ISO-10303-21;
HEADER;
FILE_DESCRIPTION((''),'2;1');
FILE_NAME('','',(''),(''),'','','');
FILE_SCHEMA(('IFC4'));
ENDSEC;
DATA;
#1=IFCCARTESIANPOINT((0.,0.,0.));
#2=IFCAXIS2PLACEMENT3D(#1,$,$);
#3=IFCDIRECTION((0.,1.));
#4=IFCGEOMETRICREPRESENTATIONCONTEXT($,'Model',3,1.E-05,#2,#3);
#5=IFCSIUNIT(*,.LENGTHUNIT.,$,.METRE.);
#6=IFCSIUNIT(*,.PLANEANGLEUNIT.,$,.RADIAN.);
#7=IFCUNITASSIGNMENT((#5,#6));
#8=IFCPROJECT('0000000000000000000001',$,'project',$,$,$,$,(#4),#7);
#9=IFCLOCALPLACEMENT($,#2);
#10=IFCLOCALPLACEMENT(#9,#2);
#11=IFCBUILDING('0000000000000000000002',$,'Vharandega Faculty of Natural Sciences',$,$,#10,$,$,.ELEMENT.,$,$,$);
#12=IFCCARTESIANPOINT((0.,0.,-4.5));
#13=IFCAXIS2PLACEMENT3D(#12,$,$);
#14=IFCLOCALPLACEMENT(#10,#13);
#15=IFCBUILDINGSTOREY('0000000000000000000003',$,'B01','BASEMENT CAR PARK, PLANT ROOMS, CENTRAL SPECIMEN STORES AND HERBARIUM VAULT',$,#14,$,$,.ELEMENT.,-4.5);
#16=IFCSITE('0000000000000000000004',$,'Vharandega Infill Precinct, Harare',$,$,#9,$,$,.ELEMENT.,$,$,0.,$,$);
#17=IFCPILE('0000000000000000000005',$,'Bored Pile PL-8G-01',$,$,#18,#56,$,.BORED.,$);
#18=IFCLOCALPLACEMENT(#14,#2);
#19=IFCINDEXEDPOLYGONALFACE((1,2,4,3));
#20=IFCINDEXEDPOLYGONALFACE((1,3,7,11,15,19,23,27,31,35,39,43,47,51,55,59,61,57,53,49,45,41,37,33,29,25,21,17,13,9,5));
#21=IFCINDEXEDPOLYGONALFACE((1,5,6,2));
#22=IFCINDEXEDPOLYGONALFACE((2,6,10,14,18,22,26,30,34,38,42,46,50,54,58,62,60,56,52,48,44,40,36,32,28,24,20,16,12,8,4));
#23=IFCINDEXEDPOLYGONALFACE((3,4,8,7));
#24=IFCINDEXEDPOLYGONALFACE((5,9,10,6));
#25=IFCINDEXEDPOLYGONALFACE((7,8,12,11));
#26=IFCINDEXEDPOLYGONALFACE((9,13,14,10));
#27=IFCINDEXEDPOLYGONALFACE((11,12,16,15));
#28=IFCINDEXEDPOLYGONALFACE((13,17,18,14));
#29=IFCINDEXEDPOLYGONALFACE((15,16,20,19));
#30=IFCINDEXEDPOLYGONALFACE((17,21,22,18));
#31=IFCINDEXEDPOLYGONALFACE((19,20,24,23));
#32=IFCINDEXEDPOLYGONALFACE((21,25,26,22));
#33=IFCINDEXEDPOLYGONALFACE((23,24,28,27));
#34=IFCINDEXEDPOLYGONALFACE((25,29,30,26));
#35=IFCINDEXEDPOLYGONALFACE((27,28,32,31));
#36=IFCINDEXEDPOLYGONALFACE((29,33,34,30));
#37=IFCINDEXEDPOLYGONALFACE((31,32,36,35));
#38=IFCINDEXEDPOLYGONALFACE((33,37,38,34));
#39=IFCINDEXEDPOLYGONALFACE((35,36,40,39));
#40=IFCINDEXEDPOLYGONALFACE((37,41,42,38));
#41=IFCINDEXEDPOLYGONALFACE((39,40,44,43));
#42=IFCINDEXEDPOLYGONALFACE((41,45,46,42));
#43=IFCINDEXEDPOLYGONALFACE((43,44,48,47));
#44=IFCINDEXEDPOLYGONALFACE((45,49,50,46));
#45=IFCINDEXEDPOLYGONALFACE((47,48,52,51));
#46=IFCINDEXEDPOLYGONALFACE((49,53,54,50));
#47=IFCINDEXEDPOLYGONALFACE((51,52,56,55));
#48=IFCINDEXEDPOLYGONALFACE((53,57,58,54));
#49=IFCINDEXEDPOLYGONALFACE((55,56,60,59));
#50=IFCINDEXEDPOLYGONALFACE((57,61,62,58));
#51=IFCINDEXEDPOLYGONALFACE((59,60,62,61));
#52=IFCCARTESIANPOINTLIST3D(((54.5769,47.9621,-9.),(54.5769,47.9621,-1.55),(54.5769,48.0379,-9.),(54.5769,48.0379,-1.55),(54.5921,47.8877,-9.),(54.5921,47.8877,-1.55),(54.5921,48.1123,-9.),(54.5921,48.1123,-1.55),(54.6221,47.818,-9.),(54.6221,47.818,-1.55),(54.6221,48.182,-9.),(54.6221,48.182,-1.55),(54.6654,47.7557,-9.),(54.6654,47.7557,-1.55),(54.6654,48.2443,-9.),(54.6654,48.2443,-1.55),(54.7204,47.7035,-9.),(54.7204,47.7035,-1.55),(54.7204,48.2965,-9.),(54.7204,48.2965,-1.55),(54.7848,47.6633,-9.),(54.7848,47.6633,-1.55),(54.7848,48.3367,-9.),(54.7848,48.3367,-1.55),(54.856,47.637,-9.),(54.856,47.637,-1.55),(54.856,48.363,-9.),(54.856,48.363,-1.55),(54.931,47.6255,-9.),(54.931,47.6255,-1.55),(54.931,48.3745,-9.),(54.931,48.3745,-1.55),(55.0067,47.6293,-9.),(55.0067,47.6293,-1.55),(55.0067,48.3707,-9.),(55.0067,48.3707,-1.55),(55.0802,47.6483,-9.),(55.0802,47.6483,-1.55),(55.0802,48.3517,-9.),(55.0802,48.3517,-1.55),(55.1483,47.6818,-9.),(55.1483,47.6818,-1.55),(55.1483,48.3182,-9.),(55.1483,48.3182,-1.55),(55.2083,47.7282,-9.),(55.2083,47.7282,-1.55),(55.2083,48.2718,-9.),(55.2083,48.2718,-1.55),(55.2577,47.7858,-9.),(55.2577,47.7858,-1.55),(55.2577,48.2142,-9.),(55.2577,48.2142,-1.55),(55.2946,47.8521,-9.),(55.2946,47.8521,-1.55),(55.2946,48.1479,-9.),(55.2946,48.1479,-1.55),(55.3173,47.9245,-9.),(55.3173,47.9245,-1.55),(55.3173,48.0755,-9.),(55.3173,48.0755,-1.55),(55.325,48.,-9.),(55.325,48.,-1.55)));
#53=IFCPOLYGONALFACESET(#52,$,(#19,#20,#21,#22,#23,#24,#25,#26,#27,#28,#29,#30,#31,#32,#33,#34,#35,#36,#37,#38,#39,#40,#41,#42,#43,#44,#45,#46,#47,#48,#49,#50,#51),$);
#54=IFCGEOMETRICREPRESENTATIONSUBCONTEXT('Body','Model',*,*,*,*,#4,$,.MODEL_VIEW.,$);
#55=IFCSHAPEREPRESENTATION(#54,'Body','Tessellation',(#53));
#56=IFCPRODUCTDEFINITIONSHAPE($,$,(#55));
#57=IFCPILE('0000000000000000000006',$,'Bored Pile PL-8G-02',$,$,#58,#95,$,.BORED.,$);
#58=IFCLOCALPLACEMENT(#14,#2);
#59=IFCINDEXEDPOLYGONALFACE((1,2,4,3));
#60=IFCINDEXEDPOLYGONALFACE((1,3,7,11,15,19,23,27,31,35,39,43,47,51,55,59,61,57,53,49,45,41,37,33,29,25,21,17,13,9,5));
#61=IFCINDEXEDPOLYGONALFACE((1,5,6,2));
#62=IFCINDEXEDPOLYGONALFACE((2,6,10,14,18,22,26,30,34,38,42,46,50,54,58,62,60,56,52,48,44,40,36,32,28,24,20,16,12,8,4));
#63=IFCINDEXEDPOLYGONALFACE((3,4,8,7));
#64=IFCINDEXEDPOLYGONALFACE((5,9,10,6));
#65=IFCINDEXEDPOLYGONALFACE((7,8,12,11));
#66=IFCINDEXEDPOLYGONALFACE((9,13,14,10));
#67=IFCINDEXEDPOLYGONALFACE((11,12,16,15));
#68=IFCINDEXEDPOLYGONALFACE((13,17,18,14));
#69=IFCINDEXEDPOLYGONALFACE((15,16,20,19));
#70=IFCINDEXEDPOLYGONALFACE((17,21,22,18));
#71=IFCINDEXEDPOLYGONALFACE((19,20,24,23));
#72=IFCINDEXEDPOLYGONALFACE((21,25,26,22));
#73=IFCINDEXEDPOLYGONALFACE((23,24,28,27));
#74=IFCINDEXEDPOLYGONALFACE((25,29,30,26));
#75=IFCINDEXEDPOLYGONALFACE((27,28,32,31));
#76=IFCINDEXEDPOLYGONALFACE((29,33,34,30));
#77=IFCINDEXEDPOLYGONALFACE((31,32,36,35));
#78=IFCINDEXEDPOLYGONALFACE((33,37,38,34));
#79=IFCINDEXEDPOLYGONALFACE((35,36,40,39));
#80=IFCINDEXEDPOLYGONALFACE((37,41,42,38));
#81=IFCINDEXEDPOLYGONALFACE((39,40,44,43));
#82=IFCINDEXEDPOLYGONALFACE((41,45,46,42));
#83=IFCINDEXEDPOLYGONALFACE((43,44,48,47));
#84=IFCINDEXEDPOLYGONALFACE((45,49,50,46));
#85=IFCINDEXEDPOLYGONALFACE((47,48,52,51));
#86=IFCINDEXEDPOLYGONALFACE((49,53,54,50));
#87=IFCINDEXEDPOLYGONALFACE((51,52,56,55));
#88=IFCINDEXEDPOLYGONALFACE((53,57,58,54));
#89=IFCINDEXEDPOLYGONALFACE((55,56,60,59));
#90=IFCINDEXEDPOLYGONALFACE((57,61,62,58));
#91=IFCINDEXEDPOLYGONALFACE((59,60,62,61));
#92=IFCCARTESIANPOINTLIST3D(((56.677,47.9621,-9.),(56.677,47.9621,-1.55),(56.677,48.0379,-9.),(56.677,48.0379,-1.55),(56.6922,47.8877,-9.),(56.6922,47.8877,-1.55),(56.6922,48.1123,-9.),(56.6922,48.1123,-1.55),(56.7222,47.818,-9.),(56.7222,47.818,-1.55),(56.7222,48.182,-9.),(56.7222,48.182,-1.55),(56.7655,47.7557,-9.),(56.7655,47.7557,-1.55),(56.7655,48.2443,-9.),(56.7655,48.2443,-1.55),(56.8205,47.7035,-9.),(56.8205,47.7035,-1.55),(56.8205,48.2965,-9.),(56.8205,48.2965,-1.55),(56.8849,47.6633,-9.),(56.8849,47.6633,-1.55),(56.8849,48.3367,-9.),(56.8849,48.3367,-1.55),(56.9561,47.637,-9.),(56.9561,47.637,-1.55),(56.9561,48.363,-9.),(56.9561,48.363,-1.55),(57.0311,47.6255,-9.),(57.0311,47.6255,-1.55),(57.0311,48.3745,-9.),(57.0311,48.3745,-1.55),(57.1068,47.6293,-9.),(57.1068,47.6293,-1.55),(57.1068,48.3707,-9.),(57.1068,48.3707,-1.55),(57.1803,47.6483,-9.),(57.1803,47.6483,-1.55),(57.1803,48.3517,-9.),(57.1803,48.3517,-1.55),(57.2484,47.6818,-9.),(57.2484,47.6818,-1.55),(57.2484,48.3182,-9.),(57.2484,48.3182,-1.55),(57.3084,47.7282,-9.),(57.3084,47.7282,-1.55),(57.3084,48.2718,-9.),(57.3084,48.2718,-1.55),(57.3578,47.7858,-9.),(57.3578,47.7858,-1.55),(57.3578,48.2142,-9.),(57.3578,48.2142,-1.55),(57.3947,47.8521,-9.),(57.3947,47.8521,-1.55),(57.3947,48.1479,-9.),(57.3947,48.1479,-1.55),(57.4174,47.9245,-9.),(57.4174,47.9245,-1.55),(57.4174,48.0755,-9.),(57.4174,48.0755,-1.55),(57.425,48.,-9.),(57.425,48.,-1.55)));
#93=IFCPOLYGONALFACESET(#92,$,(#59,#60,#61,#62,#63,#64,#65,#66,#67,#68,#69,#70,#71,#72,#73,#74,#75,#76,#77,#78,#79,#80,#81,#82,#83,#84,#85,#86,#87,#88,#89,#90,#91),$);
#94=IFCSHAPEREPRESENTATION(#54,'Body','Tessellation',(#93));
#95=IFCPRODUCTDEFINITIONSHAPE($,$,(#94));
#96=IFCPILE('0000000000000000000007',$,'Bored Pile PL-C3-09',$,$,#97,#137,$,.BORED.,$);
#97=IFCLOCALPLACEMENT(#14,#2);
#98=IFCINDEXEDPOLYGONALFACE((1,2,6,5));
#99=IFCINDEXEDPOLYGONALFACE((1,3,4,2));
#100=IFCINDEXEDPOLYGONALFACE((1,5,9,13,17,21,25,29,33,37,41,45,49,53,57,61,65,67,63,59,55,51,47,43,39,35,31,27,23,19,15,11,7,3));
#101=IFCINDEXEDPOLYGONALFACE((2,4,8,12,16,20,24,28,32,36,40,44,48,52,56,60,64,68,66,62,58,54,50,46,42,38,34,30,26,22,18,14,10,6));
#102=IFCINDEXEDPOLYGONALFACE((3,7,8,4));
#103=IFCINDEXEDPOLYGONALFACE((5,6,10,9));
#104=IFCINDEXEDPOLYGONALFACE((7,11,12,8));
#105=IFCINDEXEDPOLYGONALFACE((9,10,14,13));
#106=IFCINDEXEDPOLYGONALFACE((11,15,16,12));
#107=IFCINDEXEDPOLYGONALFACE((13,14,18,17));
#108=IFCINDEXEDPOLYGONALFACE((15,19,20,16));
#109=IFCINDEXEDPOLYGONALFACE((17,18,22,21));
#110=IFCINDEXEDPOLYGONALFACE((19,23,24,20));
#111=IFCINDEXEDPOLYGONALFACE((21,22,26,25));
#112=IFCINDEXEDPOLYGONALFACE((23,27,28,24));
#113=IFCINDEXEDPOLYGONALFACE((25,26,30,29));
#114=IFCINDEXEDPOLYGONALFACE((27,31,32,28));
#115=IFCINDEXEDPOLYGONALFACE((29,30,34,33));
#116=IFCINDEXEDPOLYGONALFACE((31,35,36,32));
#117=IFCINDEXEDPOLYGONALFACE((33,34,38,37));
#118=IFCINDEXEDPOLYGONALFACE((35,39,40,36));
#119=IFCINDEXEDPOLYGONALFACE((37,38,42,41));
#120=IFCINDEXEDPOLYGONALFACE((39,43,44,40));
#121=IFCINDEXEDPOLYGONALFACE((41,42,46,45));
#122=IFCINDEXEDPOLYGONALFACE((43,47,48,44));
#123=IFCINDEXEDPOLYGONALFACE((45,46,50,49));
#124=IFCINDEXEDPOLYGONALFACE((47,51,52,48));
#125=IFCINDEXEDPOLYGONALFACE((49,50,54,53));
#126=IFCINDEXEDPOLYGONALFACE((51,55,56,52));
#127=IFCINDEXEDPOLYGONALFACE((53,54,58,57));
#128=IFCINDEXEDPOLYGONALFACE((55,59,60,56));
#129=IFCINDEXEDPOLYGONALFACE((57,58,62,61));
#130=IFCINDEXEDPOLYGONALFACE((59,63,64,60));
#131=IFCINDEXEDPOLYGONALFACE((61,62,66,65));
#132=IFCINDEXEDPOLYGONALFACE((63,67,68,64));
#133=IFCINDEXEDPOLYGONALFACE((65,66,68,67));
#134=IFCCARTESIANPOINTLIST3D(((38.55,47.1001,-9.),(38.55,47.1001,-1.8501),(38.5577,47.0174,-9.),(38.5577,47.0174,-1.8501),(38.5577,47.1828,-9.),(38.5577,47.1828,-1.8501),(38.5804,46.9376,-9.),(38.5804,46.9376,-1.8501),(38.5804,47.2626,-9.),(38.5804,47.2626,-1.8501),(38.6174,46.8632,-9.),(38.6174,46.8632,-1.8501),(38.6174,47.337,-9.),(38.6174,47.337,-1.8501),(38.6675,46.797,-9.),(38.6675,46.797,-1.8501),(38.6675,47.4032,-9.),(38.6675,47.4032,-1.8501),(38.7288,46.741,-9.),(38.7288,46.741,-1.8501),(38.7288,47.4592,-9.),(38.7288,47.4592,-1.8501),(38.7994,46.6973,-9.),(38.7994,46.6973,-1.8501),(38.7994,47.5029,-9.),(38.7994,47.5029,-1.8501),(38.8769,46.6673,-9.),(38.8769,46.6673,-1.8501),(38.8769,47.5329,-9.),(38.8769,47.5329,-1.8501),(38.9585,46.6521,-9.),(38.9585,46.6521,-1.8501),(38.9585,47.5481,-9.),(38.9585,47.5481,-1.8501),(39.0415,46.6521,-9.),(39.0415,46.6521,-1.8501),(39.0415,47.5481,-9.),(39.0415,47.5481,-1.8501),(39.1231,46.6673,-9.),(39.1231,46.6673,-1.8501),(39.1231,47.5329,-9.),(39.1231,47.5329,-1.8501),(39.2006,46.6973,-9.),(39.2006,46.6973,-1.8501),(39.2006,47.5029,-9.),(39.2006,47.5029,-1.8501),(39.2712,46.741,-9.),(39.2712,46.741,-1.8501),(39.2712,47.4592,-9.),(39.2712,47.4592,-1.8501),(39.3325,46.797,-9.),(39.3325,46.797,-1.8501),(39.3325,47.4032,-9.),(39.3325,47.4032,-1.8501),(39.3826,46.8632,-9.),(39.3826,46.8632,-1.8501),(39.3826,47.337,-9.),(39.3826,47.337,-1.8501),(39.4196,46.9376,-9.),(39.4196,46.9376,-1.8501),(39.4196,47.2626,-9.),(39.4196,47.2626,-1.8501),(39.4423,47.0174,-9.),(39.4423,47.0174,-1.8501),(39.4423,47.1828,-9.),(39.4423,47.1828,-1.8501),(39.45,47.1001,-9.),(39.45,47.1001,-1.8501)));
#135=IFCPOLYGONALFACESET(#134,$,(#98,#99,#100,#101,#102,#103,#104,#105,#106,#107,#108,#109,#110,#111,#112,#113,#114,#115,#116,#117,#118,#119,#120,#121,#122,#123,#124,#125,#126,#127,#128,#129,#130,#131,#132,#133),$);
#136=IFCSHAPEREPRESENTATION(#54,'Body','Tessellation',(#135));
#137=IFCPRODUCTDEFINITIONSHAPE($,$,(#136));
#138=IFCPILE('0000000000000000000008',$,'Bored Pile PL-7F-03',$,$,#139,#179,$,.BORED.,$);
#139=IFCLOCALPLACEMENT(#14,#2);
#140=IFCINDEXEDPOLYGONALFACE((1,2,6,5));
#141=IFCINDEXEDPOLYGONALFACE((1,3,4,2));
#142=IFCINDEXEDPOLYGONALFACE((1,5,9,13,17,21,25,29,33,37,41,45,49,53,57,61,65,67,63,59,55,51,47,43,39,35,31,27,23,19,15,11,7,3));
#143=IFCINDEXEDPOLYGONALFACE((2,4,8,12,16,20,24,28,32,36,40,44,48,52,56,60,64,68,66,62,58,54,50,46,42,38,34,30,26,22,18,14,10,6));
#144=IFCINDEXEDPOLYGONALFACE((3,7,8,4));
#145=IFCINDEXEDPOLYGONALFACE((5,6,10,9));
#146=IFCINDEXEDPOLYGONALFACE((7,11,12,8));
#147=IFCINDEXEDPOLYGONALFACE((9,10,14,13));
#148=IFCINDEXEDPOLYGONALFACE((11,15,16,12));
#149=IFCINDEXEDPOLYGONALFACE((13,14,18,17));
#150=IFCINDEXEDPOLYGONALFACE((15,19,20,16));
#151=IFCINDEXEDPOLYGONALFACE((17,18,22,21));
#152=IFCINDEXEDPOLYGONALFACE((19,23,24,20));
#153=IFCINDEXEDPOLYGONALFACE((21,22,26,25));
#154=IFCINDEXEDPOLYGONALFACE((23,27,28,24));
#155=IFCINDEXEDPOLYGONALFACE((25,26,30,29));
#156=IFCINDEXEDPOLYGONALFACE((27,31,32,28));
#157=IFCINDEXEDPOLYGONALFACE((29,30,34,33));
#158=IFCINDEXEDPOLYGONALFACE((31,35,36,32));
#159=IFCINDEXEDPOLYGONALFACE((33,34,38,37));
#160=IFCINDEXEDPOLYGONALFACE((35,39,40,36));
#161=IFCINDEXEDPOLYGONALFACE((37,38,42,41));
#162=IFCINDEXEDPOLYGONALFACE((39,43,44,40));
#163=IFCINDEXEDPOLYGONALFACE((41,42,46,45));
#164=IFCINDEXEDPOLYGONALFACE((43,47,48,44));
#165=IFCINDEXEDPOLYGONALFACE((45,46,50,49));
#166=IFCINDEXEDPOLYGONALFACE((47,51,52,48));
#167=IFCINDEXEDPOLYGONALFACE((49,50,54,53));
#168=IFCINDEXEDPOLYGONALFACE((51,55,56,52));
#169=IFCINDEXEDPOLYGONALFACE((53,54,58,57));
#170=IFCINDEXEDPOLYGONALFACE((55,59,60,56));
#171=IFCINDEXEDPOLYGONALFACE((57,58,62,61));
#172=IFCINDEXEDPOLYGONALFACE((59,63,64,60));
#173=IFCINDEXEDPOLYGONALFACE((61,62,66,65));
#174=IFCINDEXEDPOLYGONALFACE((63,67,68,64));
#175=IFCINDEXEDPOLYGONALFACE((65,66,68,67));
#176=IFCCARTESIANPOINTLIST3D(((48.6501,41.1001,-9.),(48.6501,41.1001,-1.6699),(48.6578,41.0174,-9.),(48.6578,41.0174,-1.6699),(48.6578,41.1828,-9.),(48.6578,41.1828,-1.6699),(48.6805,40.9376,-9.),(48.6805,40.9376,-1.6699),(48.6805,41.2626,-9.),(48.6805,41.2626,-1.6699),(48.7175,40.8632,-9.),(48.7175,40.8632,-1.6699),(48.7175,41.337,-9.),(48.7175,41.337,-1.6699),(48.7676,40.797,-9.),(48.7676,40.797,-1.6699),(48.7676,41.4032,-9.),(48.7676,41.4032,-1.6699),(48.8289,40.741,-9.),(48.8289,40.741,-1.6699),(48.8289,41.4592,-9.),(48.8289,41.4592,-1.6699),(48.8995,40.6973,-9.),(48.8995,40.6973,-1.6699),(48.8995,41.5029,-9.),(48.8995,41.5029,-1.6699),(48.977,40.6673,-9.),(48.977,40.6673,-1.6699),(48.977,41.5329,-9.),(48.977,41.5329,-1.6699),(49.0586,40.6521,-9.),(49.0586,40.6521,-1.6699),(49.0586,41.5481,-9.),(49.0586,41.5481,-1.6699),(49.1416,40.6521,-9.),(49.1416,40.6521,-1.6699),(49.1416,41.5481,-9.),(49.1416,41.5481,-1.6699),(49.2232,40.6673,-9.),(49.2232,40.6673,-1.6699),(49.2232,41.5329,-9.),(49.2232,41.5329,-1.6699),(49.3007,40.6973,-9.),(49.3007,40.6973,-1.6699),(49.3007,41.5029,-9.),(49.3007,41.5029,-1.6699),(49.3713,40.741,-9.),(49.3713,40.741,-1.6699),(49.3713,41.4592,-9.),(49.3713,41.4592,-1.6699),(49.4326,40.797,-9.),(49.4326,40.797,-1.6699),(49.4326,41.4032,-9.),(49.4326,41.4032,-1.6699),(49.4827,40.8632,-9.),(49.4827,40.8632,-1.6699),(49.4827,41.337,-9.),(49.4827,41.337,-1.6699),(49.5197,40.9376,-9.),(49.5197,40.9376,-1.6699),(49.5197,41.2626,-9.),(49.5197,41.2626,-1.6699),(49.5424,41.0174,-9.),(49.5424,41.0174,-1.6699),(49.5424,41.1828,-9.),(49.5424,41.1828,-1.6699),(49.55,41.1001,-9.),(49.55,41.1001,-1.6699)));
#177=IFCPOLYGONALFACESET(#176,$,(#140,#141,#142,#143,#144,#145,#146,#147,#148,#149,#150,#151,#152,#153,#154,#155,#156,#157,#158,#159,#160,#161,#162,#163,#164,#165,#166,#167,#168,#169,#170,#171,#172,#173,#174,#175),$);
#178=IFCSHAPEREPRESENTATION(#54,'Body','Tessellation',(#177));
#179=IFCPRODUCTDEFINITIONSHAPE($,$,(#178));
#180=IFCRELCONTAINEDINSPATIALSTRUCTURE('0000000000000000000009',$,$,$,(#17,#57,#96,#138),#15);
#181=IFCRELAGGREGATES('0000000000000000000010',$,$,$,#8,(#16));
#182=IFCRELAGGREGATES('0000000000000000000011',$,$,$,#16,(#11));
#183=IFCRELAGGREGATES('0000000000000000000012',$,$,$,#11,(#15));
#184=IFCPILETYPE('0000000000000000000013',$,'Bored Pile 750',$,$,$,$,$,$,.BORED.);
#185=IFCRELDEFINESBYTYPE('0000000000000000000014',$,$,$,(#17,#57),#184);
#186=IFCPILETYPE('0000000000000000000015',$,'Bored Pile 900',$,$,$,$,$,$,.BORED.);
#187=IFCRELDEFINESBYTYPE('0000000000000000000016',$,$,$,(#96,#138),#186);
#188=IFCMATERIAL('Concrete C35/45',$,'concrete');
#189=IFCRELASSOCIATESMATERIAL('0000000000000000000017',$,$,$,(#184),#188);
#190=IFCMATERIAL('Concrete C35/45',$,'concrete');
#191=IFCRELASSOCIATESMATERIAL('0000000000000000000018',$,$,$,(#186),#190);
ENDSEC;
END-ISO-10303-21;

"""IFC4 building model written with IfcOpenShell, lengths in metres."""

from ifc_helpers import new_model, si_unit, direction, frame, origin, origin_2d, place, context, subcontext, project, spatial, circle, extrude, material, material_profile, profile_set, type_object, element, save


model = new_model("IFC4")

# Units and contexts
model_context = context("Model", 3, precision=1e-05, world=origin(), true_north=direction((0.0, 1.0)))
body_context = subcontext(model_context, "Body", "Model", "MODEL_VIEW")
ifc_project = project(units=[si_unit("LENGTHUNIT", "METRE"), si_unit("PLANEANGLEUNIT", "RADIAN")], contexts=[model_context])

# Site, building, storey
site_placement = place(None, origin())
site = spatial("IfcSite", under=ifc_project, at=site_placement, Name="Vharandega Infill Precinct, Harare", CompositionType="ELEMENT", RefElevation=0.0)
building_placement = place(site_placement, origin())
building = spatial("IfcBuilding", under=site, at=building_placement, Name="Vharandega Faculty of Natural Sciences", CompositionType="ELEMENT")
storey_placement = place(building_placement, frame((0.0, 0.0, -4.5)))
storey = spatial("IfcBuildingStorey", under=building, at=storey_placement, Name="B01", Description="BASEMENT CAR PARK, PLANT ROOMS, CENTRAL SPECIMEN STORES AND HERBARIUM VAULT", CompositionType="ELEMENT", Elevation=-4.5)

# Piles
ifc_material_1 = material(Name="Concrete C35/45", Category="concrete")
ifc_material_profile_1 = material_profile(ifc_material_1, circle(Radius=0.375, at=origin_2d()), Name="PILE 750")
ifc_profile_set_1 = profile_set([ifc_material_profile_1], Name="Concrete C35/45")
pile_type_1 = type_object("IfcPileType", Name="Bored Pile 750", PredefinedType="BORED", material=ifc_profile_set_1)
for number, where, z_axis, x_axis, name in (
    (1, (54.95, 48.0, -1.55), (0.0, 0.0, -1.0), (1.0, 0.0, 0.0), "Bored Pile PL-8G-01"),
    (2, (57.05, 48.0, -1.55), (0.0, 0.0, -1.0), (1.0, 0.0, 0.0), "Bored Pile PL-8G-02"),
):
    element("IfcPile", number, at=place(storey_placement, frame(where, z_axis=z_axis, x_axis=x_axis)), inside=storey, type_object=pile_type_1, Name=name, PredefinedType="BORED", context=body_context, shape_type="SweptSolid", body=[
        extrude(circle(Radius=0.375, at=origin_2d()), origin(), (0.0, 0.0, 1.0), 7.45),
    ])
ifc_material_2 = material(Name="Concrete C35/45", Category="concrete")
ifc_material_profile_2 = material_profile(ifc_material_2, circle(Radius=0.45, at=origin_2d()), Name="PILE 900")
ifc_profile_set_2 = profile_set([ifc_material_profile_2], Name="Concrete C35/45")
pile_type_2 = type_object("IfcPileType", Name="Bored Pile 900", PredefinedType="BORED", material=ifc_profile_set_2)
pile_placement = place(storey_placement, frame((39.0, 47.1001, -1.8501), z_axis=(0.0, 0.0, -1.0), x_axis=(1.0, 0.0, 0.0)))
element("IfcPile", 3, at=pile_placement, inside=storey, type_object=pile_type_2, Name="Bored Pile PL-C3-09", PredefinedType="BORED", context=body_context, shape_type="SweptSolid", body=[
    extrude(circle(Radius=0.45, at=origin_2d()), origin(), (0.0, 0.0, 1.0), 7.1499),
])
for number, where, z_axis, x_axis, name in (
    (4, (49.1001, 41.1001, -1.6699), (0.0, 0.0, -1.0), (1.0, 0.0, 0.0), "Bored Pile PL-7F-03"),
):
    element("IfcPile", number, at=place(storey_placement, frame(where, z_axis=z_axis, x_axis=x_axis)), inside=storey, type_object=pile_type_2, Name=name, PredefinedType="BORED", context=body_context, shape_type="SweptSolid", body=[
        extrude(circle(Radius=0.45, at=origin_2d()), origin(), (0.0, 0.0, 1.0), 7.3301),
    ])

save(model, "model.ifc")
